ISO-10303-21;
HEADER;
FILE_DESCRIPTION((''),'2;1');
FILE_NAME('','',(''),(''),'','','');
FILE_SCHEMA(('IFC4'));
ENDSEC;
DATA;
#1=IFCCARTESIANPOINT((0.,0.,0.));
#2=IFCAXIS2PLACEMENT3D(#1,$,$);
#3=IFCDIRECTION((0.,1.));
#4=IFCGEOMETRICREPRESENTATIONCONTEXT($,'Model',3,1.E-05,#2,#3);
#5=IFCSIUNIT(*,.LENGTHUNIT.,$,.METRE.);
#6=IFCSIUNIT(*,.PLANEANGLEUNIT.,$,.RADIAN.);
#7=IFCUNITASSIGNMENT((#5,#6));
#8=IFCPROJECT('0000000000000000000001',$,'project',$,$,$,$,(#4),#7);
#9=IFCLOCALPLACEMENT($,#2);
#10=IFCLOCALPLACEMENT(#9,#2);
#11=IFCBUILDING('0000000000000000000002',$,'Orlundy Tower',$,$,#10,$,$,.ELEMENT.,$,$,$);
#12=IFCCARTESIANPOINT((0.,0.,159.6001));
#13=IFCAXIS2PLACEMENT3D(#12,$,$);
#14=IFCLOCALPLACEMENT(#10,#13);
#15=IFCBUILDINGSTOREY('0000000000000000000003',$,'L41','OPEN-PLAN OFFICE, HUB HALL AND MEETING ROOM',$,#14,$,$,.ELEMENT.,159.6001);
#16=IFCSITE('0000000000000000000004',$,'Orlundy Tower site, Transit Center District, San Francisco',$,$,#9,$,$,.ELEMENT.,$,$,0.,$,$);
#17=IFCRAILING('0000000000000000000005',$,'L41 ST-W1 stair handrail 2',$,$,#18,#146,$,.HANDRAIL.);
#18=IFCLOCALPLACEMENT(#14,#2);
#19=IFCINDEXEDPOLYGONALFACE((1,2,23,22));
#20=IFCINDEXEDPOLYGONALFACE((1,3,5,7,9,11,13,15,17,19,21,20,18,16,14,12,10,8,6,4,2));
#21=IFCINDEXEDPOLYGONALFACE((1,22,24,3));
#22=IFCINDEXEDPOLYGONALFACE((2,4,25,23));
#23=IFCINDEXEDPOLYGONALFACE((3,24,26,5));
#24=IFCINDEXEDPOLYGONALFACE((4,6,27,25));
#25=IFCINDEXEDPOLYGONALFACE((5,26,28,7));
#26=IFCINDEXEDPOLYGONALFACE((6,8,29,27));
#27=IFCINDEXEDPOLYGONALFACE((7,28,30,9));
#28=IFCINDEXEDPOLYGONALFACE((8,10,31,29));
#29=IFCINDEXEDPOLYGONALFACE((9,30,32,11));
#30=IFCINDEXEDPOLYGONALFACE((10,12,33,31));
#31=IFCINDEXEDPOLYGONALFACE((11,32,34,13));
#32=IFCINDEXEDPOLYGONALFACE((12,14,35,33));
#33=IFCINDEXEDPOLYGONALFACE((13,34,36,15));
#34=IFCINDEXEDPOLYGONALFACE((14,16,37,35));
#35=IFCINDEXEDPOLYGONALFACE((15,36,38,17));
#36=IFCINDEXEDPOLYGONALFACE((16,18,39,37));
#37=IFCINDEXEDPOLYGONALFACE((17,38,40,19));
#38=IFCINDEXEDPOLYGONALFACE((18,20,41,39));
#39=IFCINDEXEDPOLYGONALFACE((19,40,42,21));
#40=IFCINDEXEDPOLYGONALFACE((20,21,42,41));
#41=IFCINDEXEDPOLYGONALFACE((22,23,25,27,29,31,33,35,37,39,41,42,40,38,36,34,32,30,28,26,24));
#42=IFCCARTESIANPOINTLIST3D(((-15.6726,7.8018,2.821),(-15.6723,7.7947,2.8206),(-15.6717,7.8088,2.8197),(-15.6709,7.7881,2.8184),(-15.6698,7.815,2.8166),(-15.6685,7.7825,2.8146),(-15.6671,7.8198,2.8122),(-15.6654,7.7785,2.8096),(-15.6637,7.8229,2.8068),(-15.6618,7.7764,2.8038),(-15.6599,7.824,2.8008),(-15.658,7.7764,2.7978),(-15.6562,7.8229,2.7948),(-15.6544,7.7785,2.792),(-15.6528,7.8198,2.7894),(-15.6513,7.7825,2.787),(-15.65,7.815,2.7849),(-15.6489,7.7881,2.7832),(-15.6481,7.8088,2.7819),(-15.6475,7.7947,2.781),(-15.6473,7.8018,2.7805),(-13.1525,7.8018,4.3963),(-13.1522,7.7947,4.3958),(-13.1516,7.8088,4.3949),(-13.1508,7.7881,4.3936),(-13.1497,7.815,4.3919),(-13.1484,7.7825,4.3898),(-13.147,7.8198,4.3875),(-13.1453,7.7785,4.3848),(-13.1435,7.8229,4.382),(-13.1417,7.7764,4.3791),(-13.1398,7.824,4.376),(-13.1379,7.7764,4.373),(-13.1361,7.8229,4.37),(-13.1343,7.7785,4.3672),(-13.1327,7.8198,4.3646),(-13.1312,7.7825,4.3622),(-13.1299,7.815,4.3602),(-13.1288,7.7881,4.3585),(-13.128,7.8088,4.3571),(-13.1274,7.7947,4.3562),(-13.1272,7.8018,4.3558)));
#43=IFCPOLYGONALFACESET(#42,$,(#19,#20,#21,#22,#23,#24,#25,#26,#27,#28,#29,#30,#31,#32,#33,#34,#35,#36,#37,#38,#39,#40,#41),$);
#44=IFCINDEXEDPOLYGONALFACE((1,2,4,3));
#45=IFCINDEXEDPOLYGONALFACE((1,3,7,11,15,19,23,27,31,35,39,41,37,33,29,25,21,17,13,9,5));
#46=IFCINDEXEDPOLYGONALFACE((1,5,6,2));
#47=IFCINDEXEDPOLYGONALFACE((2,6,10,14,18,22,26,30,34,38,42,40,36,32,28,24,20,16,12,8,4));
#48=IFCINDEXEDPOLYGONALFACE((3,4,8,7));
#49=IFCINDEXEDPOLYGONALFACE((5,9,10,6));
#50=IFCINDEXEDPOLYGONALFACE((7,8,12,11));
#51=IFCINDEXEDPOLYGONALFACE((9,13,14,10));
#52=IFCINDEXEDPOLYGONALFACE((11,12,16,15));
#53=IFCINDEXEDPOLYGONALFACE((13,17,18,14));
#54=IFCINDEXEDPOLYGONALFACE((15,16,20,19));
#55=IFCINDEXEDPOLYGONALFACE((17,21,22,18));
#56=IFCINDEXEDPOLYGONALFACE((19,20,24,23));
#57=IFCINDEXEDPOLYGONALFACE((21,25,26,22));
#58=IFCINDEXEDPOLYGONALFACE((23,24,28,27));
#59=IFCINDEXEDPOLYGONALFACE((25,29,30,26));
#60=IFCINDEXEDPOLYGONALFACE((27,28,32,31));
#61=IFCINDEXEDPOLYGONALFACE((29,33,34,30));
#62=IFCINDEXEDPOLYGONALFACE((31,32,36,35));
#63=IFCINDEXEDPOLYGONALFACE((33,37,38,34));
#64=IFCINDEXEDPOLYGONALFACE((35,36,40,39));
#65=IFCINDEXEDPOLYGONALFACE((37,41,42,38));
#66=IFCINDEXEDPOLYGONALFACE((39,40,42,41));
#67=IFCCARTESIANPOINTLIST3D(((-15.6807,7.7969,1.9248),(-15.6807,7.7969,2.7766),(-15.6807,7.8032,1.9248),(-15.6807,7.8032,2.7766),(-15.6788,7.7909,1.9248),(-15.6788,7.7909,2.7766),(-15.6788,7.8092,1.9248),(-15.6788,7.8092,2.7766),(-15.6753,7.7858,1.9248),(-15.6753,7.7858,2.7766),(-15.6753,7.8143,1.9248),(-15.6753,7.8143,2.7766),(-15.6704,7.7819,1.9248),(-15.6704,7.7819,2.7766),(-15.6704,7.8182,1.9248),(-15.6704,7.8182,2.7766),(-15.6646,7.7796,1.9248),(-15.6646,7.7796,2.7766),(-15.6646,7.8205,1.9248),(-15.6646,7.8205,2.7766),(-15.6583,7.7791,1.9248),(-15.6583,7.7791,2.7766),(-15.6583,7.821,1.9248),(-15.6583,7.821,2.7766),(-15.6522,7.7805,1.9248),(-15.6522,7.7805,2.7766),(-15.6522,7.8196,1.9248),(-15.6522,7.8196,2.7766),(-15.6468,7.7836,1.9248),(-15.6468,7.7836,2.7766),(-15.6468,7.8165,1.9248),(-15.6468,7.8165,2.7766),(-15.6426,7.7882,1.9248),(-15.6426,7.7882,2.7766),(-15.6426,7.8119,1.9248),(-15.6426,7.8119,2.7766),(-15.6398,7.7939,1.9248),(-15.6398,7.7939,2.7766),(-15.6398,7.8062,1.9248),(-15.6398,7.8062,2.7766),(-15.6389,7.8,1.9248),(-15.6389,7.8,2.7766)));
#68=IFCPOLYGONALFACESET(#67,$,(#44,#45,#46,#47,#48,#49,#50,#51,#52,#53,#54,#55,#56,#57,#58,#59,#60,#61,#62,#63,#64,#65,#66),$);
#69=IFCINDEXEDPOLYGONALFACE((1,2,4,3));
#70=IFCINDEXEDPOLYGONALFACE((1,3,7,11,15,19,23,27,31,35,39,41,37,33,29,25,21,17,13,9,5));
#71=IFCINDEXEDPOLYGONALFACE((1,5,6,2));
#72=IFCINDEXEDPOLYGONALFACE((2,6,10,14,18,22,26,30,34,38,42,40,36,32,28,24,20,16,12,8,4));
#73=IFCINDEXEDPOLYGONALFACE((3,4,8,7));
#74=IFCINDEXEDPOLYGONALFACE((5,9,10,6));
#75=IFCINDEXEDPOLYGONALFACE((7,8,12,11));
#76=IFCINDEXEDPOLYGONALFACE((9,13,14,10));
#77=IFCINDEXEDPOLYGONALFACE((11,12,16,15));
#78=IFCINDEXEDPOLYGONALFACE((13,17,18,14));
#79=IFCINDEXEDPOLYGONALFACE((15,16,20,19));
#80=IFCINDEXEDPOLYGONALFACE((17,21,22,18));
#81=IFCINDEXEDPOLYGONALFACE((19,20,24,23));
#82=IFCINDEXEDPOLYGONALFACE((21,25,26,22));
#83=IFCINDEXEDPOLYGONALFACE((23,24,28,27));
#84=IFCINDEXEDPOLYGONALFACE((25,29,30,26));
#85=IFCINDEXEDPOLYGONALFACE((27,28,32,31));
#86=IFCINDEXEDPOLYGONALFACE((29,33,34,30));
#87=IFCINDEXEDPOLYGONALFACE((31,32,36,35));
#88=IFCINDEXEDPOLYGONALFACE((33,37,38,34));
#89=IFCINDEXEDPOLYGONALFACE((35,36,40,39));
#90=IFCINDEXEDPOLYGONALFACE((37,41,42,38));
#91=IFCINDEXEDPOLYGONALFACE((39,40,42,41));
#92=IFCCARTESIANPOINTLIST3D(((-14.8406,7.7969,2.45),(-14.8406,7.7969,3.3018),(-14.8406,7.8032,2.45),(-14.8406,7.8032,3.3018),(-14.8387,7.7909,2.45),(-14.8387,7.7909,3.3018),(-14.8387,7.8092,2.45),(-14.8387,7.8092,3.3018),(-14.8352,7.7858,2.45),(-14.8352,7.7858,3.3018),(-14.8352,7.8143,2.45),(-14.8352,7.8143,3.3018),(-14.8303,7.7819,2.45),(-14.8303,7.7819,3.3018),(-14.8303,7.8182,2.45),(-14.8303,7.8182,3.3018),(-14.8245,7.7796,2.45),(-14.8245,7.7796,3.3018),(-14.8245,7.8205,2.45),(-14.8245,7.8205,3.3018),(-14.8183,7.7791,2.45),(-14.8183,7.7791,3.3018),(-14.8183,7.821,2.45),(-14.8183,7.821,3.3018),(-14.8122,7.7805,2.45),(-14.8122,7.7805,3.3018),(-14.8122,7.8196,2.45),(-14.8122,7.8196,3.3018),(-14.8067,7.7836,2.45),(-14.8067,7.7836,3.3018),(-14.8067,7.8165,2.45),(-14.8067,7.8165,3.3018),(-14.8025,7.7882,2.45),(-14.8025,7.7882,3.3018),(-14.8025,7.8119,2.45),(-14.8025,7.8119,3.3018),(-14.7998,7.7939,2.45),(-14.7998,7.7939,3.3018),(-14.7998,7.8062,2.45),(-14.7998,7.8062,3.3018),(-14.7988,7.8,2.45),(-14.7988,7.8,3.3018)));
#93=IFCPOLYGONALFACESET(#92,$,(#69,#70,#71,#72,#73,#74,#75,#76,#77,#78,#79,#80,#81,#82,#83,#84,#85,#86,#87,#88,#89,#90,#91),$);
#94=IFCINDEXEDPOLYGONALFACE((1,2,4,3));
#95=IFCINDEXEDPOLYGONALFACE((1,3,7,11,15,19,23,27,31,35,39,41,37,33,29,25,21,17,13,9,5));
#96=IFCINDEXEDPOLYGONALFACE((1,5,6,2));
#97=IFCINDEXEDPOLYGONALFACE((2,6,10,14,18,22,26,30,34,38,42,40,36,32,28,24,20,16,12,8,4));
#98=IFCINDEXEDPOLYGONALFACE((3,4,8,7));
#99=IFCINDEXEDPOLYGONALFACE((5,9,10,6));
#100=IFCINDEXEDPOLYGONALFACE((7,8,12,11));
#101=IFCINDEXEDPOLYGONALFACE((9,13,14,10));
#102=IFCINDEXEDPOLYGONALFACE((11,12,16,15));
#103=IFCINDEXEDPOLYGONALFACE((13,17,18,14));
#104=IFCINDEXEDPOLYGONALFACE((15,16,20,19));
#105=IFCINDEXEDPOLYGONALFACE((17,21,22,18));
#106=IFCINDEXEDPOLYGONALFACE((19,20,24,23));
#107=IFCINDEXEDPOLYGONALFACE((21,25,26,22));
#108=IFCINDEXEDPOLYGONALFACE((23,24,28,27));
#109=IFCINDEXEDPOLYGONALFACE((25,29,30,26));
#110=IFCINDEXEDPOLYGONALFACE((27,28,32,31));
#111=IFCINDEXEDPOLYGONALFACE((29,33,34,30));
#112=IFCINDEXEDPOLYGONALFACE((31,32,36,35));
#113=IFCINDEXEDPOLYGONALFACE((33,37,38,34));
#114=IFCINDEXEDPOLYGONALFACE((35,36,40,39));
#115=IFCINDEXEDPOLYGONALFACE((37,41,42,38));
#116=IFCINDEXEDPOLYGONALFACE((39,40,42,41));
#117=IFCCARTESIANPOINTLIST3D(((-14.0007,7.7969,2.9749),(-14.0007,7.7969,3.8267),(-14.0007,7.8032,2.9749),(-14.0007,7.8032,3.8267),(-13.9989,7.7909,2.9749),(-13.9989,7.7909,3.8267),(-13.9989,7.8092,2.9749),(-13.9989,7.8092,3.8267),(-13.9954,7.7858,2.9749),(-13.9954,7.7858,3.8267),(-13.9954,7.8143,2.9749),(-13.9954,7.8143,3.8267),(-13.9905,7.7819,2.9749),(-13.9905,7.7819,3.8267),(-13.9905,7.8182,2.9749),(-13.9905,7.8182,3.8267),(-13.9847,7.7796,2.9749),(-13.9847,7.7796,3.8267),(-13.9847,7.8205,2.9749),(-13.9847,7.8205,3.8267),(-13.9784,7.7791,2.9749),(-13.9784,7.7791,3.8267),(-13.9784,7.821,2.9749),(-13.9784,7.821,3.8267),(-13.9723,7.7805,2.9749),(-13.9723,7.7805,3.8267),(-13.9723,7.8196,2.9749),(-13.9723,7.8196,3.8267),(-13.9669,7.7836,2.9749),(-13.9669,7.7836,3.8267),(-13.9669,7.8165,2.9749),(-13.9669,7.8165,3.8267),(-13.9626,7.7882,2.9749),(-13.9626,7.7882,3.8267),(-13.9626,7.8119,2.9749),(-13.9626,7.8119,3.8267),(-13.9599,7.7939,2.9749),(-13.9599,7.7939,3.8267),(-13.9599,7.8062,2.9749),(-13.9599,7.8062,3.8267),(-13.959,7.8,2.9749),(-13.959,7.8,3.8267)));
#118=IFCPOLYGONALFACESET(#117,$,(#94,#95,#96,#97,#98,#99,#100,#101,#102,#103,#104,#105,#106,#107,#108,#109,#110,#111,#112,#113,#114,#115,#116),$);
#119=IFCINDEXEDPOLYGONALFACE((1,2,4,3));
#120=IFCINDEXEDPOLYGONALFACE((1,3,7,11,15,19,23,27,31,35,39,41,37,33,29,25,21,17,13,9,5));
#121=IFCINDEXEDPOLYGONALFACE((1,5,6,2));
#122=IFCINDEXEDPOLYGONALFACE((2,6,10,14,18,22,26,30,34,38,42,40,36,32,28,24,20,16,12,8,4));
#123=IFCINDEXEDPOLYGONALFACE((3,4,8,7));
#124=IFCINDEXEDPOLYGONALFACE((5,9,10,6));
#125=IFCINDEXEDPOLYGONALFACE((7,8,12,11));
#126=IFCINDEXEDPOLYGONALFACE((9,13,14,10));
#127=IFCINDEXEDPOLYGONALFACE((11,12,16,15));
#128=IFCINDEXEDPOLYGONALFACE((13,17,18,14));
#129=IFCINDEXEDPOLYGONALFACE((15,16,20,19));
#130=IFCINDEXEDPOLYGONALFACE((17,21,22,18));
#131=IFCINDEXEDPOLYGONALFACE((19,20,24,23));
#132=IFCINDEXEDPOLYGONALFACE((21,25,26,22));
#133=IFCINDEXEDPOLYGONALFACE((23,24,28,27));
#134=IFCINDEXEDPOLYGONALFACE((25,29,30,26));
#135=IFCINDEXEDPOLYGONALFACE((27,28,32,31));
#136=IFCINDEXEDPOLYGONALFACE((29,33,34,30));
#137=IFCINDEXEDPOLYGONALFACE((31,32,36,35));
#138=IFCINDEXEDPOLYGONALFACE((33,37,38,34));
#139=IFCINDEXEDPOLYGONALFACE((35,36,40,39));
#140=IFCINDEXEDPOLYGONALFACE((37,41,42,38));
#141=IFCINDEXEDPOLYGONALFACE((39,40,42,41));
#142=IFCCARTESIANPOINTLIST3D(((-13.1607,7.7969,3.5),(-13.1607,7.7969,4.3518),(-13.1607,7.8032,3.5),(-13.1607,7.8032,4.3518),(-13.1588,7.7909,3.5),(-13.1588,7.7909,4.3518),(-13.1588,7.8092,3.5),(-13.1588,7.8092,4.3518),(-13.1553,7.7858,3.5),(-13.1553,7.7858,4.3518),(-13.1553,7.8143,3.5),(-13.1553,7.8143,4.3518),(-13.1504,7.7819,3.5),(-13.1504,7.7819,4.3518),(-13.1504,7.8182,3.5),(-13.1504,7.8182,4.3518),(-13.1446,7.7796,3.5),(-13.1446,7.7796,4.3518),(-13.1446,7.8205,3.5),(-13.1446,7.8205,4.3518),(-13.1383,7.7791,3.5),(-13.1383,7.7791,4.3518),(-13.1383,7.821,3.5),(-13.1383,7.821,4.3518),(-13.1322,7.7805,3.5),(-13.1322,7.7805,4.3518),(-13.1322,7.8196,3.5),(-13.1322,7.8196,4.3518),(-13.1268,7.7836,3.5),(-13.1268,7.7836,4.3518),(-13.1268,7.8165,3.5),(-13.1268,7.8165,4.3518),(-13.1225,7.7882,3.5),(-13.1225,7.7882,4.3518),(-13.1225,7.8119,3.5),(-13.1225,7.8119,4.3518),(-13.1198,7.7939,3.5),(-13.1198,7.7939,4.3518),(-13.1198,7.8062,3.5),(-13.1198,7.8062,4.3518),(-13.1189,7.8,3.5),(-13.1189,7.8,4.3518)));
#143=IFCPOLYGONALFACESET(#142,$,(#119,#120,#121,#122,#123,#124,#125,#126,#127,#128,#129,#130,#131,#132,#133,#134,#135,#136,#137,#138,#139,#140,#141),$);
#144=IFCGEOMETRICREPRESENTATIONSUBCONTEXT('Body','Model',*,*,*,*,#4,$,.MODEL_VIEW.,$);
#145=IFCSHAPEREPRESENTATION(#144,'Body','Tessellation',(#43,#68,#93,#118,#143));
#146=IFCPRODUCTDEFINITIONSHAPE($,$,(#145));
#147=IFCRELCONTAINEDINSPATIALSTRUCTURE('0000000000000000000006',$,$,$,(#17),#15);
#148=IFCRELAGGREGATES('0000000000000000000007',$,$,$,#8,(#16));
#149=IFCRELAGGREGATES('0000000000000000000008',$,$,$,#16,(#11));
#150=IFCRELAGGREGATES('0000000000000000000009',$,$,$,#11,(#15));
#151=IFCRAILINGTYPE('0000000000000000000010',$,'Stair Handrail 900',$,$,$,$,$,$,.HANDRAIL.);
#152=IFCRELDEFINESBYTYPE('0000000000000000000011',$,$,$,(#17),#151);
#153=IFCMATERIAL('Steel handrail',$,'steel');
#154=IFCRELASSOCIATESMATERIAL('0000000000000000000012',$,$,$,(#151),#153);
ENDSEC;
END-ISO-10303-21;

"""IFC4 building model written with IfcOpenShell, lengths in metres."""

from ifc_helpers import new_model, si_unit, direction, frame, origin, origin_2d, place, context, subcontext, project, spatial, circle, extrude, material, type_object, element, save


model = new_model("IFC4")

# Units and contexts
model_context = context("Model", 3, precision=1e-05, world=origin(), true_north=direction((0.0, 1.0)))
body_context = subcontext(model_context, "Body", "Model", "MODEL_VIEW")
ifc_project = project(units=[si_unit("LENGTHUNIT", "METRE"), si_unit("PLANEANGLEUNIT", "RADIAN")], contexts=[model_context])

# Site, building, storey
site_placement = place(None, origin())
site = spatial("IfcSite", under=ifc_project, at=site_placement, Name="Orlundy Tower site, Transit Center District, San Francisco", CompositionType="ELEMENT", RefElevation=0.0)
building_placement = place(site_placement, origin())
building = spatial("IfcBuilding", under=site, at=building_placement, Name="Orlundy Tower", CompositionType="ELEMENT")
storey_placement = place(building_placement, frame((0.0, 0.0, 159.6001)))
storey = spatial("IfcBuildingStorey", under=building, at=storey_placement, Name="L41", Description="OPEN-PLAN OFFICE, HUB HALL AND MEETING ROOM", CompositionType="ELEMENT", Elevation=159.6001)

# Railing
ifc_material_1 = material(Name="Steel handrail", Category="steel")
railing_type = type_object("IfcRailingType", Name="Stair Handrail 900", PredefinedType="HANDRAIL", material=ifc_material_1)
railing_placement = place(storey_placement, frame((-15.6599, 7.8, 1.9248)))
element("IfcRailing", 1, at=railing_placement, inside=storey, type_object=railing_type, Name="L41 ST-W1 stair handrail 2", PredefinedType="HANDRAIL", context=body_context, shape_type="SweptSolid", body=[
    extrude(circle(Radius=0.0239, at=origin_2d()), frame((0.0, 0.0, 0.876), z_axis=(0.847971, 0.0, 0.530043), x_axis=(0.0, 1.0, 0.0)), (0.0, 0.0, 1.0), 2.9719),
    extrude(circle(Radius=0.021, at=origin_2d()), origin(), (0.0, 0.0, 1.0), 0.8518),
    extrude(circle(Radius=0.021, at=origin_2d()), frame((0.8401, 0.0, 0.5251)), (0.0, 0.0, 1.0), 0.8518),
    extrude(circle(Radius=0.021, at=origin_2d()), frame((1.6799, 0.0, 1.05)), (0.0, 0.0, 1.0), 0.8518),
    extrude(circle(Radius=0.021, at=origin_2d()), frame((2.52, 0.0, 1.5752)), (0.0, 0.0, 1.0), 0.8518),
])

save(model, "model.ifc")
